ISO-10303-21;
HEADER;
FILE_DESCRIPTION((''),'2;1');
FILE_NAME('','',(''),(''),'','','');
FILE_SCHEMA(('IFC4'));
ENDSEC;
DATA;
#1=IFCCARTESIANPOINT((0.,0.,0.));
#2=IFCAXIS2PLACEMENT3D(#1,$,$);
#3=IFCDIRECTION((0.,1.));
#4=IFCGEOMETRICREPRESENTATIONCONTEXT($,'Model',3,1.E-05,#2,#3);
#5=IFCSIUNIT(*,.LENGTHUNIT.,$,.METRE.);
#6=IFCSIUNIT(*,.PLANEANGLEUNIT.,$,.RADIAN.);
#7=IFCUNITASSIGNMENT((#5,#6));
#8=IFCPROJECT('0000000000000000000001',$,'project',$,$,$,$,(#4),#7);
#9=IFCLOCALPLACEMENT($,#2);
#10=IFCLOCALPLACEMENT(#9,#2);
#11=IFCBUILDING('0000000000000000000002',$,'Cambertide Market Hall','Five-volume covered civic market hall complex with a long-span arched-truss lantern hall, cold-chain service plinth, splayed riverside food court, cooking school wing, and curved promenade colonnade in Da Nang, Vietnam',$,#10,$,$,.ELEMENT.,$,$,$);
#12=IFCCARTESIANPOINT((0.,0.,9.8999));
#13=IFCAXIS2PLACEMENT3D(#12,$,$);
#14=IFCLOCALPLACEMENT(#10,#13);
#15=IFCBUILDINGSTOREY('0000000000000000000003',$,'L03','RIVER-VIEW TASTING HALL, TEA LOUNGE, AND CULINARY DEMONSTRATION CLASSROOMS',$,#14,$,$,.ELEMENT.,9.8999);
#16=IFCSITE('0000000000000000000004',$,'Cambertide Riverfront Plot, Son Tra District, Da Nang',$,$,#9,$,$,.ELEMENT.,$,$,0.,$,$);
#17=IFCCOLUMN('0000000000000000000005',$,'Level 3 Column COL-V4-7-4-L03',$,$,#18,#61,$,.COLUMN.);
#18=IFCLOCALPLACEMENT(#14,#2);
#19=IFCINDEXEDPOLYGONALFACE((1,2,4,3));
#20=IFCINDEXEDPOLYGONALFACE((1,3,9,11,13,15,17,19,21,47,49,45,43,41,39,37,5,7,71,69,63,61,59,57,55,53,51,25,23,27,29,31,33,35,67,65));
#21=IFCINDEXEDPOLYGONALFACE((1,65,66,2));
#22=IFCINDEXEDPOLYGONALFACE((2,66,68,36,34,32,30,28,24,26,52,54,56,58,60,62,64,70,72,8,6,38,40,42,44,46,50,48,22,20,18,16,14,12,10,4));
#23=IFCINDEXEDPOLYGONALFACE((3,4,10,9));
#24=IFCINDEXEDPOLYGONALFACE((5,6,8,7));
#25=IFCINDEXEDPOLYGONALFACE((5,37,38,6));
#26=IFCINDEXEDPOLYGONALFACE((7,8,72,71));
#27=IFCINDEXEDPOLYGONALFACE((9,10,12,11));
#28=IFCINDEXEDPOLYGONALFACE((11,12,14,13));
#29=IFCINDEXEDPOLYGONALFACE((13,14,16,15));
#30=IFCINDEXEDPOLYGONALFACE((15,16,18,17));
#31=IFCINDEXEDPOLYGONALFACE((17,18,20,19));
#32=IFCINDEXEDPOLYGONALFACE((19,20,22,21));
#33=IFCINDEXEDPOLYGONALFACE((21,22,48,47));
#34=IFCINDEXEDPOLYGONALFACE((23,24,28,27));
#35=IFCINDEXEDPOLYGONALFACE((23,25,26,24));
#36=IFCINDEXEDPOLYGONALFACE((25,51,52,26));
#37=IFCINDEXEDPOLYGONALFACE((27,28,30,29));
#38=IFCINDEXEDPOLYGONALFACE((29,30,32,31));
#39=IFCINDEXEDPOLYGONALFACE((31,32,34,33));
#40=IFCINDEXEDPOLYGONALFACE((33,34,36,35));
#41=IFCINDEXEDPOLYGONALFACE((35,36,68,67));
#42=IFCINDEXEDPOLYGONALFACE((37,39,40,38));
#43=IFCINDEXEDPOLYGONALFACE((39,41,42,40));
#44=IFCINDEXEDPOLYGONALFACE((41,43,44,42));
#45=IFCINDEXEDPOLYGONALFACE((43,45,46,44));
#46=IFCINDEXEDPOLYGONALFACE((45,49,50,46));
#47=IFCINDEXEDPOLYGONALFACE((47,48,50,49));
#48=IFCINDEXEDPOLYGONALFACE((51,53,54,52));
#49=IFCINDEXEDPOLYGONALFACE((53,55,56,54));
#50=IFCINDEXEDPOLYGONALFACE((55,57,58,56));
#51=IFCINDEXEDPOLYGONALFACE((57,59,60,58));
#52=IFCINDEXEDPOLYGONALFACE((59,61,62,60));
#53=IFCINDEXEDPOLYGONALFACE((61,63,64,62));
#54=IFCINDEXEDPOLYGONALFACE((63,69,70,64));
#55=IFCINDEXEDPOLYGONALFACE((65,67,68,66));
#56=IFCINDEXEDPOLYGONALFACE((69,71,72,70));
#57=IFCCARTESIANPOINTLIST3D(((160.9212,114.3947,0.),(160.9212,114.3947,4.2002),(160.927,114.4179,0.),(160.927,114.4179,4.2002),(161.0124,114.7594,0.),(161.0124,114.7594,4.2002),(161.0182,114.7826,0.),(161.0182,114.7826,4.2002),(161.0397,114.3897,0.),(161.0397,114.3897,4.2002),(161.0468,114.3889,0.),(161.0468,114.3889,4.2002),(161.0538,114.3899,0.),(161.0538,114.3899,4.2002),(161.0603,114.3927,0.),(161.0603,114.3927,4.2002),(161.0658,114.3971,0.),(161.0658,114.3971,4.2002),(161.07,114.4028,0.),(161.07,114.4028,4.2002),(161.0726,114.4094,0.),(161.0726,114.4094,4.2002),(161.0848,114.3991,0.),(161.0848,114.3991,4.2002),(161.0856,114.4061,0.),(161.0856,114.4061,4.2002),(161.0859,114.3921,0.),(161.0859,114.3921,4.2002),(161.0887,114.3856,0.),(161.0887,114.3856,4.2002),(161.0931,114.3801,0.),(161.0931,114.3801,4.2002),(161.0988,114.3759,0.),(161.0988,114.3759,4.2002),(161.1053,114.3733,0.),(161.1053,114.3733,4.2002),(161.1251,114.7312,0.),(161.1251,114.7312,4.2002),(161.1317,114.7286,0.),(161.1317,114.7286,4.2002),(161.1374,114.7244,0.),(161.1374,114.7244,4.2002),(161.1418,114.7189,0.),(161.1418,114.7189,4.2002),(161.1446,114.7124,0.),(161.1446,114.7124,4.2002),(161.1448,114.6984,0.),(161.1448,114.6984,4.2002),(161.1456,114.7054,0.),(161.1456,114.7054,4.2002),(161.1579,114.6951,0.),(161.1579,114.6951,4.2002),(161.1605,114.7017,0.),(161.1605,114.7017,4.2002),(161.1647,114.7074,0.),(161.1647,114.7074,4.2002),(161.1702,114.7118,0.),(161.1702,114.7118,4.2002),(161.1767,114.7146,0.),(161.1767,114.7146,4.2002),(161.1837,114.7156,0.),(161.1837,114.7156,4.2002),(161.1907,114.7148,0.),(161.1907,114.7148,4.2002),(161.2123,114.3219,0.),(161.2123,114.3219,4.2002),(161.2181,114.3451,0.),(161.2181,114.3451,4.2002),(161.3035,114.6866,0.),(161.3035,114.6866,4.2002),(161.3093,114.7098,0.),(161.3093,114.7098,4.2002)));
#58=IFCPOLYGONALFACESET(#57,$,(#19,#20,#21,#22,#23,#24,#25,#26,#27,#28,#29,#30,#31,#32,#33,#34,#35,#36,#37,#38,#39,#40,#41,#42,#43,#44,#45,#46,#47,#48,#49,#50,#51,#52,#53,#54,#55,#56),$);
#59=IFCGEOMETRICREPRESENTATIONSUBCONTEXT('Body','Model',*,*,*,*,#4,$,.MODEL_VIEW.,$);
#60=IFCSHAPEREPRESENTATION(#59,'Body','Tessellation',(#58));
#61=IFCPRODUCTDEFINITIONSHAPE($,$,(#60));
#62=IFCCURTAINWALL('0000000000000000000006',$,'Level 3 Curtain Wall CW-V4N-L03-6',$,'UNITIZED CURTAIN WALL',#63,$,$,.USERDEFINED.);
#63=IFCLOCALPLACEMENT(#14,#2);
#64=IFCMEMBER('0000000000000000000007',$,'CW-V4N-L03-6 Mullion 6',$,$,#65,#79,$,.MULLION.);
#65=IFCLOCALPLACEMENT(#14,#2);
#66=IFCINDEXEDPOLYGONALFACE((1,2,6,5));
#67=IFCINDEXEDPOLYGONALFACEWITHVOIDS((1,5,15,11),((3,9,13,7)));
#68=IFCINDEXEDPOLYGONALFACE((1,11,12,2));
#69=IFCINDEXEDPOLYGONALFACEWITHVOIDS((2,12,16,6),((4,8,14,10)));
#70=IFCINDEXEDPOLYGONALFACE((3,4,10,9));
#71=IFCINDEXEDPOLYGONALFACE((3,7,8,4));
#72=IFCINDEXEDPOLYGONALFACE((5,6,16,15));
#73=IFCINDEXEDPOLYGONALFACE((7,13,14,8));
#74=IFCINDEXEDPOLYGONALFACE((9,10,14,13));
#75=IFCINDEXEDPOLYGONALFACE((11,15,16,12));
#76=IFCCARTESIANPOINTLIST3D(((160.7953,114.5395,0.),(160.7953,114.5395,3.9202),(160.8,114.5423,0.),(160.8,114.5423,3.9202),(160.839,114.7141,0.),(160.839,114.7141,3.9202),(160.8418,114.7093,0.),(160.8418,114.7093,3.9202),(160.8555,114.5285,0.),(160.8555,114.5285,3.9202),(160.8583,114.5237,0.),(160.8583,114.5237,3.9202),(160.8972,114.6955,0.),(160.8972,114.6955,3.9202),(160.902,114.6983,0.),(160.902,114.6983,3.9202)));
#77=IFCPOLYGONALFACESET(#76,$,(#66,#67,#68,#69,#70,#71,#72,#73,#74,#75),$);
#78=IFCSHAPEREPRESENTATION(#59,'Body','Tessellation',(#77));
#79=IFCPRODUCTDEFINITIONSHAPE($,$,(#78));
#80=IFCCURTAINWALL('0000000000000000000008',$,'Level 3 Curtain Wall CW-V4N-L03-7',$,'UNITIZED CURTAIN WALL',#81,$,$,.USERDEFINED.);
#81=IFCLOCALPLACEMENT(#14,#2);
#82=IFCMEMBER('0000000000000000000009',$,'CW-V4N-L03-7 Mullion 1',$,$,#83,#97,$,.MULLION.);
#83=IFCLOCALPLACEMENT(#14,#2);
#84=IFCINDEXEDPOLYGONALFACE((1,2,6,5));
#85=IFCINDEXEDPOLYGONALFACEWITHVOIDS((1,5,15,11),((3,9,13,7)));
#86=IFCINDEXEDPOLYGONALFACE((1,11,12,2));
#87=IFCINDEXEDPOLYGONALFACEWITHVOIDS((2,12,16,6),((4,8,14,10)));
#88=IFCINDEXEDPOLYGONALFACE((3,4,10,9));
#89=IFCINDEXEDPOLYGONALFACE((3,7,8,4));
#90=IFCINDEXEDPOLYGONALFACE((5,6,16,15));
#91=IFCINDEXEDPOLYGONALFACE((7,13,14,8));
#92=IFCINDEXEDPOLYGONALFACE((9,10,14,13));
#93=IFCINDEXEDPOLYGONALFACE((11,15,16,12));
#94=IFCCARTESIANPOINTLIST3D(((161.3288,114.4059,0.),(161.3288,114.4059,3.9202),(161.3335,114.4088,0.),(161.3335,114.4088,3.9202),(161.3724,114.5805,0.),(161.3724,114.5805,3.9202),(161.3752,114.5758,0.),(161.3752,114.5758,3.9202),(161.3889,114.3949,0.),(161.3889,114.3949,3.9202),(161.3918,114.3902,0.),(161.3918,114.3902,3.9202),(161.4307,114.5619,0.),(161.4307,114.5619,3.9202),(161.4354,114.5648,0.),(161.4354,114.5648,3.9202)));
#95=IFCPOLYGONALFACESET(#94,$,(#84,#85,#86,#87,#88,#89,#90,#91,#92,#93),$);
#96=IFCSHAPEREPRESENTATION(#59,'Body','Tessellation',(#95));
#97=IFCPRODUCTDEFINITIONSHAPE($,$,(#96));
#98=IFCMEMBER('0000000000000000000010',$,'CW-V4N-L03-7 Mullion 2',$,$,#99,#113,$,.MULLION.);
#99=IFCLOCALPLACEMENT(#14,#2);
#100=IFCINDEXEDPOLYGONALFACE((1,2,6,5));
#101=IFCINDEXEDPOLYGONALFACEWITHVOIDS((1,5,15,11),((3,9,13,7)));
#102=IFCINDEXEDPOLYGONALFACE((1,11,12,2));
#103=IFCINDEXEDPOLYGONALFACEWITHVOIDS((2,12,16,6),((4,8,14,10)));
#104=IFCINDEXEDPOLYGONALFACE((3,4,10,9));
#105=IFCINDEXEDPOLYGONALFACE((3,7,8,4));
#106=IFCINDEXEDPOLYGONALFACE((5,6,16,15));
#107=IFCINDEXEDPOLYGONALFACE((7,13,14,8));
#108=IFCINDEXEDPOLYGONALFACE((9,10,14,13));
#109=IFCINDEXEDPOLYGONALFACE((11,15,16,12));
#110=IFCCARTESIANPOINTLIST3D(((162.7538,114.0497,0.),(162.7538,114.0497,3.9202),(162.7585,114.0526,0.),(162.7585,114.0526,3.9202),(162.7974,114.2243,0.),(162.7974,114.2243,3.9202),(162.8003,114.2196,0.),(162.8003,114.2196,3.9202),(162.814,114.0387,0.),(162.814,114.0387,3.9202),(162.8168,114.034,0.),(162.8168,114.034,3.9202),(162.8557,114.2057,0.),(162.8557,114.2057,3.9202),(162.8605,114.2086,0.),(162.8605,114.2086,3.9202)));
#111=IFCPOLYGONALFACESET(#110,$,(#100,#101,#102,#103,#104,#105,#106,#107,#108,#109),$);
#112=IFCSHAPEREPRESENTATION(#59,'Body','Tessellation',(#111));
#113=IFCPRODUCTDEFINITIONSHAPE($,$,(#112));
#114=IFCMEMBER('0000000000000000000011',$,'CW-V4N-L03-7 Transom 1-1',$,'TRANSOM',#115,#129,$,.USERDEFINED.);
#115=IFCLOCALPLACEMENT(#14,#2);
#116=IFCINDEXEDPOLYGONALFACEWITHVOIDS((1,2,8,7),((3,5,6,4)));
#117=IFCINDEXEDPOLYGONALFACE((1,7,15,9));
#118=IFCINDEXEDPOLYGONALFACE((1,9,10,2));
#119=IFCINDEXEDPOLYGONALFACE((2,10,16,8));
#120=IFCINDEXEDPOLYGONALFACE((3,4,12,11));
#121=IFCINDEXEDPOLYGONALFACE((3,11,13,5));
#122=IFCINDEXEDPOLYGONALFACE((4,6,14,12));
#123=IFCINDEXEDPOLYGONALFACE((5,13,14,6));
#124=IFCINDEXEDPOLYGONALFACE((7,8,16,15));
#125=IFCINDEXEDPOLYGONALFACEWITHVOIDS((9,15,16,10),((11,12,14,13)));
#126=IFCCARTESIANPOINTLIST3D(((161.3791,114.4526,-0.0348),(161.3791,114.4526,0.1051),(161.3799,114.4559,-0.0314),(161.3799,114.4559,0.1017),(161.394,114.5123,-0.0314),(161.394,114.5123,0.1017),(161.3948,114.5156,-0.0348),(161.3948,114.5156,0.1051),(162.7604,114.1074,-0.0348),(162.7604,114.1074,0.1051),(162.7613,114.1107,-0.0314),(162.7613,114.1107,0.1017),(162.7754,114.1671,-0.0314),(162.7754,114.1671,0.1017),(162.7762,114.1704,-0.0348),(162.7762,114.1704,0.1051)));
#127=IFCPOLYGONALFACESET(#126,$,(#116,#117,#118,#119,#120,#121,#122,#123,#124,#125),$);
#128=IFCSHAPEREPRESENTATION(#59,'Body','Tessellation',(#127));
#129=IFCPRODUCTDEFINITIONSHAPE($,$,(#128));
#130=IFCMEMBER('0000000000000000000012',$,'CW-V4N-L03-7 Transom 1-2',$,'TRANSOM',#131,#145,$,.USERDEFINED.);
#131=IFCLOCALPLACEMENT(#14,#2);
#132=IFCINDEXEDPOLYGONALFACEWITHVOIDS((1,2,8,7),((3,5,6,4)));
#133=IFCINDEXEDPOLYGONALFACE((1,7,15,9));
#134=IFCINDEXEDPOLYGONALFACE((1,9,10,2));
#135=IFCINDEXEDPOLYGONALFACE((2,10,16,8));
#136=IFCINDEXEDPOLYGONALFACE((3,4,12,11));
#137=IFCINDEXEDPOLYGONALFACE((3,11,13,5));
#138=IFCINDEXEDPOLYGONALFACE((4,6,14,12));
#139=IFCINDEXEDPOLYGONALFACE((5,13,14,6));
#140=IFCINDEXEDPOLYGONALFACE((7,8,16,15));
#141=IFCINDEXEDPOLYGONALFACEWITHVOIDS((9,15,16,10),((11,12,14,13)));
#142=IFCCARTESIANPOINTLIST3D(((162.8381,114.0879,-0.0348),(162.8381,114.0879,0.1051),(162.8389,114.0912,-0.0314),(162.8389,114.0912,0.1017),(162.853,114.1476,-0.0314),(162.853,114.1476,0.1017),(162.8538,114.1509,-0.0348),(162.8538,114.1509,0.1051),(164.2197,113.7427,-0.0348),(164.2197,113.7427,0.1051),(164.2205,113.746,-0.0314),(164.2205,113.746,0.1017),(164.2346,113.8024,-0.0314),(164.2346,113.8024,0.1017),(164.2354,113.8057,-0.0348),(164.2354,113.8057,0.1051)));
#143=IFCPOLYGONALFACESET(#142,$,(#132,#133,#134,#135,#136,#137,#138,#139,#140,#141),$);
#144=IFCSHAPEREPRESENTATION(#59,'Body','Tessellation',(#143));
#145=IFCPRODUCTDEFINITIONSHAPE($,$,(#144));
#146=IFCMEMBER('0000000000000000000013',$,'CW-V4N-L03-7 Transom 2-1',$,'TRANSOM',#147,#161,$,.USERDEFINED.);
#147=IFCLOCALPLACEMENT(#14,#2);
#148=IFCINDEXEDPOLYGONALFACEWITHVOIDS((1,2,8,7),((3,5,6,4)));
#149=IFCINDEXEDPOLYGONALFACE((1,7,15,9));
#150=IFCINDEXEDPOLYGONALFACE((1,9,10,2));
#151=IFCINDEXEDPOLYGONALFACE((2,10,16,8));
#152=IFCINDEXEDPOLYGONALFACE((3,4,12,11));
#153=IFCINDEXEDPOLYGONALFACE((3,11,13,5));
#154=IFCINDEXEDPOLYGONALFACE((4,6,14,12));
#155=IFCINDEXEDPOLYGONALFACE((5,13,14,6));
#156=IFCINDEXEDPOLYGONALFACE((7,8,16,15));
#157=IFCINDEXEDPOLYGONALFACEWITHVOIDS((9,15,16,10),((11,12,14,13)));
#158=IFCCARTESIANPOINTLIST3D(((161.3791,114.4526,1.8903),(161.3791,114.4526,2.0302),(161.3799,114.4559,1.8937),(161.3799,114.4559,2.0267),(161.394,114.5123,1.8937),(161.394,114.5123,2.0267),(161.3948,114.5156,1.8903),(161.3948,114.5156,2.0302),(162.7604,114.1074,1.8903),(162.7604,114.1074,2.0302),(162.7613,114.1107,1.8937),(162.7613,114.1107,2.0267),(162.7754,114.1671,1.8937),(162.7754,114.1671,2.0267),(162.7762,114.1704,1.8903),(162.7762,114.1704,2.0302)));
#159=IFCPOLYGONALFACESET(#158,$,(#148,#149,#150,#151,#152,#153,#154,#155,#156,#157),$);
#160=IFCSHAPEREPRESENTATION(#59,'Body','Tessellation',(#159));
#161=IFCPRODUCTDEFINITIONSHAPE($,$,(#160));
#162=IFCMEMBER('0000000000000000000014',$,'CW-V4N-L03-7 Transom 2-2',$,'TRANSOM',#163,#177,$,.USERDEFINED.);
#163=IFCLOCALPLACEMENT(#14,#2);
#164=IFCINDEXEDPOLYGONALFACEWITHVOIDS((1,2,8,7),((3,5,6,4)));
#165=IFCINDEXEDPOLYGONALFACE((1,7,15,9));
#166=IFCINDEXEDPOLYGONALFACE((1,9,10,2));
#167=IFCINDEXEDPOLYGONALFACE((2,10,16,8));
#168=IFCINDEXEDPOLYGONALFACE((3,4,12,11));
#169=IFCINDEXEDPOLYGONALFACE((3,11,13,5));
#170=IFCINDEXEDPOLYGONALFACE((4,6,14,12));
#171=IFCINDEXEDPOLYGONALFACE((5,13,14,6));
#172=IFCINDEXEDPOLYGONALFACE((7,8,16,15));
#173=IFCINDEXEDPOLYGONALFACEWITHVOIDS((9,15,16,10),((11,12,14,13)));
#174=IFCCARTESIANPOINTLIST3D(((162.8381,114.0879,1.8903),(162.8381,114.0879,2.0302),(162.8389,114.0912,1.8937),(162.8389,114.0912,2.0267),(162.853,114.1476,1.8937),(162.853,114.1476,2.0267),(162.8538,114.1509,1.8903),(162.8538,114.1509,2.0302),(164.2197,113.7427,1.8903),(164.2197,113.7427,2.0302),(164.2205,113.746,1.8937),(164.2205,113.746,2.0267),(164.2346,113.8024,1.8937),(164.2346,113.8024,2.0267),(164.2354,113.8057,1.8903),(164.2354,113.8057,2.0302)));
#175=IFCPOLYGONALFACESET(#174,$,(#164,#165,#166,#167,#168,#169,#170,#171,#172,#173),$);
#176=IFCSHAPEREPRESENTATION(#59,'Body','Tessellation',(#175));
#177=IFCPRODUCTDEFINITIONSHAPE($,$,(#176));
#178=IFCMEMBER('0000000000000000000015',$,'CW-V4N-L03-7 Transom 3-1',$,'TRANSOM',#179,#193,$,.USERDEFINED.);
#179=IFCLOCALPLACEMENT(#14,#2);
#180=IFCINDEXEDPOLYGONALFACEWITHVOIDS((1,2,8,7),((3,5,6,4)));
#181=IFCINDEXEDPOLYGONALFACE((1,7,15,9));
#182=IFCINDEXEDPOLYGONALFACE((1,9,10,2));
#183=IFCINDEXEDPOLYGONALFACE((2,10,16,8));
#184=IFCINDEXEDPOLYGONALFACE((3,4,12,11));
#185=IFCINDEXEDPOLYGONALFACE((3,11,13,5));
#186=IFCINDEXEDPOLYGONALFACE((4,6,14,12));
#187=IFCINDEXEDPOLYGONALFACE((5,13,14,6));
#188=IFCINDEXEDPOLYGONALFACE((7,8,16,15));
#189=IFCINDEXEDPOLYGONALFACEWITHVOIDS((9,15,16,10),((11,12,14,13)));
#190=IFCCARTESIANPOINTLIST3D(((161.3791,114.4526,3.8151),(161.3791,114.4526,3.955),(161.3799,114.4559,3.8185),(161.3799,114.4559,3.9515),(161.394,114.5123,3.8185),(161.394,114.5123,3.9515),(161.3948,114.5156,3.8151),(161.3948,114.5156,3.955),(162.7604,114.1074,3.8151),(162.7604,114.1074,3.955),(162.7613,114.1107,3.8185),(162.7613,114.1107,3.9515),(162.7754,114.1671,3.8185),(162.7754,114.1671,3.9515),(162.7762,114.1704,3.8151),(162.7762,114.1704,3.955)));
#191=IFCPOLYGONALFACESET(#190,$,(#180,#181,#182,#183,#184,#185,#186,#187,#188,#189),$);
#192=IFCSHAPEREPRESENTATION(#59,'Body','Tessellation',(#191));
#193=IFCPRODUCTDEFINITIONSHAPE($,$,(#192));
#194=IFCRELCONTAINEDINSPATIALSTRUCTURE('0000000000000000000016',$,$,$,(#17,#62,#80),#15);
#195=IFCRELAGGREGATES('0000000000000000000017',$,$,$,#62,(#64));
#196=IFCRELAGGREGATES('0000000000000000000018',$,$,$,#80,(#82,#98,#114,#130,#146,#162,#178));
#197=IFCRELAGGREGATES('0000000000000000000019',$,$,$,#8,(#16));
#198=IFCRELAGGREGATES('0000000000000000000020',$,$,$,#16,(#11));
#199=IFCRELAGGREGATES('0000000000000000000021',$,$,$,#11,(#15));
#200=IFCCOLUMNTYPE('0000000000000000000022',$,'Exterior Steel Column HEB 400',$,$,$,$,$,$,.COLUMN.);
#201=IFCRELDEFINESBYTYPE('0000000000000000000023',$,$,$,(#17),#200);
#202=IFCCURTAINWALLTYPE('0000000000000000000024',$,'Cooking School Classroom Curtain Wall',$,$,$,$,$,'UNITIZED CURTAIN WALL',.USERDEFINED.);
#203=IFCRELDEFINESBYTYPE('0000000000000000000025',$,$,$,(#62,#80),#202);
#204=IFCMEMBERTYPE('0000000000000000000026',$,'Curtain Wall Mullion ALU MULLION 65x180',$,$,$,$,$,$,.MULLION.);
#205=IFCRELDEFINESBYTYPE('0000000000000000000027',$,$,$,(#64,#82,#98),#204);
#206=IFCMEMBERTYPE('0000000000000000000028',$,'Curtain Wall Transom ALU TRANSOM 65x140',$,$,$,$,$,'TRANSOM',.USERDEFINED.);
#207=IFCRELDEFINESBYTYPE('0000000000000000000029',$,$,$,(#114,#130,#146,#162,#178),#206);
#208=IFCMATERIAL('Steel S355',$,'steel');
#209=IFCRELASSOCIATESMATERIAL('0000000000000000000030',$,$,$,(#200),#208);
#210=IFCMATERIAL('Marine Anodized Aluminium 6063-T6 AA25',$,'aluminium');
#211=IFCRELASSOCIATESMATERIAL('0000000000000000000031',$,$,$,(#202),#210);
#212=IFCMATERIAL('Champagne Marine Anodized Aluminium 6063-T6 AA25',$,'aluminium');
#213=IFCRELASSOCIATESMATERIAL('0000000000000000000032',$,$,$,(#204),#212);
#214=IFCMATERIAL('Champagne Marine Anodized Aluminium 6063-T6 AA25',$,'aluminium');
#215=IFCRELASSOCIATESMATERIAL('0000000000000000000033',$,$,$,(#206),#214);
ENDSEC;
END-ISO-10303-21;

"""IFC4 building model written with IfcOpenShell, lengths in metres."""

from ifc_helpers import new_model, si_unit, direction, frame, origin, origin_2d, place, context, subcontext, project, spatial, hollow_rectangle, i_section, extrude, material, material_profile, profile_set, type_object, element, aggregate, save


model = new_model("IFC4")

# Units and contexts
model_context = context("Model", 3, precision=1e-05, world=origin(), true_north=direction((0.0, 1.0)))
body_context = subcontext(model_context, "Body", "Model", "MODEL_VIEW")
ifc_project = project(units=[si_unit("LENGTHUNIT", "METRE"), si_unit("PLANEANGLEUNIT", "RADIAN")], contexts=[model_context])

# Site, building, storey
site_placement = place(None, origin())
site = spatial("IfcSite", under=ifc_project, at=site_placement, Name="Cambertide Riverfront Plot, Son Tra District, Da Nang", CompositionType="ELEMENT", RefElevation=0.0)
building_placement = place(site_placement, origin())
building = spatial("IfcBuilding", under=site, at=building_placement, Name="Cambertide Market Hall", Description="Five-volume covered civic market hall complex with a long-span arched-truss lantern hall, cold-chain service plinth, splayed riverside food court, cooking school wing, and curved promenade colonnade in Da Nang, Vietnam", CompositionType="ELEMENT")
storey_placement = place(building_placement, frame((0.0, 0.0, 9.8999)))
storey = spatial("IfcBuildingStorey", under=building, at=storey_placement, Name="L03", Description="RIVER-VIEW TASTING HALL, TEA LOUNGE, AND CULINARY DEMONSTRATION CLASSROOMS", CompositionType="ELEMENT", Elevation=9.8999)

# Column
ifc_material_1 = material(Name="Steel S355", Category="steel")
ifc_material_profile_1 = material_profile(ifc_material_1, i_section(OverallWidth=0.3, OverallDepth=0.3999, WebThickness=0.0134, FlangeThickness=0.0239, FilletRadius=0.0271, at=origin_2d()), Name="HEB 400")
ifc_profile_set_1 = profile_set([ifc_material_profile_1], Name="Steel S355")
column_type = type_object("IfcColumnType", Name="Exterior Steel Column HEB 400", PredefinedType="COLUMN", material=ifc_profile_set_1)
column_placement = place(storey_placement, frame((161.1152, 114.5522, 0.0), z_axis=(0.0, 0.0, 1.0), x_axis=(0.970143, -0.242536, 0.0)))
element("IfcColumn", 1, at=column_placement, inside=storey, type_object=column_type, Name="Level 3 Column COL-V4-7-4-L03", PredefinedType="COLUMN", context=body_context, shape_type="SweptSolid", body=[
    extrude(i_section(OverallWidth=0.3, OverallDepth=0.3999, WebThickness=0.0134, FlangeThickness=0.0239, FilletRadius=0.0271, at=origin_2d()), origin(), (0.0, 0.0, 1.0), 4.2002),
])

# Curtain wall, member
ifc_material_2 = material(Name="Marine Anodized Aluminium 6063-T6 AA25", Category="aluminium")
curtain_wall_type = type_object("IfcCurtainWallType", Name="Cooking School Classroom Curtain Wall", ElementType="UNITIZED CURTAIN WALL", PredefinedType="USERDEFINED", material=ifc_material_2)
curtain_wall_1_placement = place(storey_placement, origin())
curtain_wall_1 = element("IfcCurtainWall", 2, at=curtain_wall_1_placement, inside=storey, type_object=curtain_wall_type, Name="Level 3 Curtain Wall CW-V4N-L03-6", ObjectType="UNITIZED CURTAIN WALL", PredefinedType="USERDEFINED")
ifc_material_3 = material(Name="Champagne Marine Anodized Aluminium 6063-T6 AA25", Category="aluminium")
ifc_material_profile_2 = material_profile(ifc_material_3, hollow_rectangle(XDim=0.0649, YDim=0.1799, WallThickness=0.0039, at=origin_2d()), Name="ALU MULLION 65x180")
ifc_profile_set_2 = profile_set([ifc_material_profile_2], Name="Champagne Marine Anodized Aluminium 6063-T6 AA25")
member_type_1 = type_object("IfcMemberType", Name="Curtain Wall Mullion ALU MULLION 65x180", PredefinedType="MULLION", material=ifc_profile_set_2)
member_1_placement = place(storey_placement, frame((160.8486, 114.6189, 0.0), z_axis=(0.0, 0.0, 1.0), x_axis=(0.970143, -0.242536, 0.0)))
member_1 = element("IfcMember", 3, at=member_1_placement, type_object=member_type_1, Name="CW-V4N-L03-6 Mullion 6", PredefinedType="MULLION", context=body_context, shape_type="SweptSolid", body=[
    extrude(hollow_rectangle(XDim=0.0649, YDim=0.1799, WallThickness=0.0039, at=origin_2d()), origin(), (0.0, 0.0, 1.0), 3.9202),
])
aggregate(curtain_wall_1, [member_1])

# Curtain wall, members
curtain_wall_2_placement = place(storey_placement, origin())
curtain_wall_2 = element("IfcCurtainWall", 4, at=curtain_wall_2_placement, inside=storey, type_object=curtain_wall_type, Name="Level 3 Curtain Wall CW-V4N-L03-7", ObjectType="UNITIZED CURTAIN WALL", PredefinedType="USERDEFINED")
member_2_placement = place(storey_placement, frame((161.3821, 114.4854, 0.0), z_axis=(0.0, 0.0, 1.0), x_axis=(0.970143, -0.242536, 0.0)))
member_2 = element("IfcMember", 5, at=member_2_placement, type_object=member_type_1, Name="CW-V4N-L03-7 Mullion 1", PredefinedType="MULLION", context=body_context, shape_type="SweptSolid", body=[
    extrude(hollow_rectangle(XDim=0.0649, YDim=0.1799, WallThickness=0.0039, at=origin_2d()), origin(), (0.0, 0.0, 1.0), 3.9202),
])
member_3_placement = place(storey_placement, frame((162.8071, 114.1292, 0.0), z_axis=(0.0, 0.0, 1.0), x_axis=(0.970143, -0.242536, 0.0)))
member_3 = element("IfcMember", 6, at=member_3_placement, type_object=member_type_1, Name="CW-V4N-L03-7 Mullion 2", PredefinedType="MULLION", context=body_context, shape_type="SweptSolid", body=[
    extrude(hollow_rectangle(XDim=0.0649, YDim=0.1799, WallThickness=0.0039, at=origin_2d()), origin(), (0.0, 0.0, 1.0), 3.9202),
])
ifc_material_4 = material(Name="Champagne Marine Anodized Aluminium 6063-T6 AA25", Category="aluminium")
ifc_material_profile_3 = material_profile(ifc_material_4, hollow_rectangle(XDim=0.0649, YDim=0.1399, WallThickness=0.0034, at=origin_2d()), Name="ALU TRANSOM 65x140")
ifc_profile_set_3 = profile_set([ifc_material_profile_3], Name="Champagne Marine Anodized Aluminium 6063-T6 AA25")
member_type_2 = type_object("IfcMemberType", Name="Curtain Wall Transom ALU TRANSOM 65x140", ElementType="TRANSOM", PredefinedType="USERDEFINED", material=ifc_profile_set_3)
member_4_placement = place(storey_placement, frame((161.387, 114.4841, 0.0352), z_axis=(0.970163, -0.242455, 0.0), x_axis=(0.242455, 0.970163, 0.0)))
member_4 = element("IfcMember", 7, at=member_4_placement, type_object=member_type_2, Name="CW-V4N-L03-7 Transom 1-1", ObjectType="TRANSOM", PredefinedType="USERDEFINED", context=body_context, shape_type="SweptSolid", body=[
    extrude(hollow_rectangle(XDim=0.0649, YDim=0.1399, WallThickness=0.0034, at=origin_2d()), origin(), (0.0, 0.0, 1.0), 1.4238),
])
member_5_placement = place(storey_placement, frame((162.8459, 114.1194, 0.0352), z_axis=(0.970173, -0.242415, 0.0), x_axis=(0.242415, 0.970173, 0.0)))
member_5 = element("IfcMember", 8, at=member_5_placement, type_object=member_type_2, Name="CW-V4N-L03-7 Transom 1-2", ObjectType="TRANSOM", PredefinedType="USERDEFINED", context=body_context, shape_type="SweptSolid", body=[
    extrude(hollow_rectangle(XDim=0.0649, YDim=0.1399, WallThickness=0.0034, at=origin_2d()), origin(), (0.0, 0.0, 1.0), 1.4241),
])
member_6_placement = place(storey_placement, frame((161.387, 114.4841, 1.9602), z_axis=(0.970163, -0.242455, 0.0), x_axis=(0.242455, 0.970163, 0.0)))
member_6 = element("IfcMember", 9, at=member_6_placement, type_object=member_type_2, Name="CW-V4N-L03-7 Transom 2-1", ObjectType="TRANSOM", PredefinedType="USERDEFINED", context=body_context, shape_type="SweptSolid", body=[
    extrude(hollow_rectangle(XDim=0.0649, YDim=0.1399, WallThickness=0.0034, at=origin_2d()), origin(), (0.0, 0.0, 1.0), 1.4238),
])
member_7_placement = place(storey_placement, frame((162.8459, 114.1194, 1.9602), z_axis=(0.970173, -0.242415, 0.0), x_axis=(0.242415, 0.970173, 0.0)))
member_7 = element("IfcMember", 10, at=member_7_placement, type_object=member_type_2, Name="CW-V4N-L03-7 Transom 2-2", ObjectType="TRANSOM", PredefinedType="USERDEFINED", context=body_context, shape_type="SweptSolid", body=[
    extrude(hollow_rectangle(XDim=0.0649, YDim=0.1399, WallThickness=0.0034, at=origin_2d()), origin(), (0.0, 0.0, 1.0), 1.4241),
])
member_8_placement = place(storey_placement, frame((161.387, 114.4841, 3.885), z_axis=(0.970163, -0.242455, 0.0), x_axis=(0.242455, 0.970163, 0.0)))
member_8 = element("IfcMember", 11, at=member_8_placement, type_object=member_type_2, Name="CW-V4N-L03-7 Transom 3-1", ObjectType="TRANSOM", PredefinedType="USERDEFINED", context=body_context, shape_type="SweptSolid", body=[
    extrude(hollow_rectangle(XDim=0.0649, YDim=0.1399, WallThickness=0.0034, at=origin_2d()), origin(), (0.0, 0.0, 1.0), 1.4238),
])

aggregate(curtain_wall_2, [member_2, member_3, member_4, member_5, member_6, member_7, member_8])

save(model, "model.ifc")
